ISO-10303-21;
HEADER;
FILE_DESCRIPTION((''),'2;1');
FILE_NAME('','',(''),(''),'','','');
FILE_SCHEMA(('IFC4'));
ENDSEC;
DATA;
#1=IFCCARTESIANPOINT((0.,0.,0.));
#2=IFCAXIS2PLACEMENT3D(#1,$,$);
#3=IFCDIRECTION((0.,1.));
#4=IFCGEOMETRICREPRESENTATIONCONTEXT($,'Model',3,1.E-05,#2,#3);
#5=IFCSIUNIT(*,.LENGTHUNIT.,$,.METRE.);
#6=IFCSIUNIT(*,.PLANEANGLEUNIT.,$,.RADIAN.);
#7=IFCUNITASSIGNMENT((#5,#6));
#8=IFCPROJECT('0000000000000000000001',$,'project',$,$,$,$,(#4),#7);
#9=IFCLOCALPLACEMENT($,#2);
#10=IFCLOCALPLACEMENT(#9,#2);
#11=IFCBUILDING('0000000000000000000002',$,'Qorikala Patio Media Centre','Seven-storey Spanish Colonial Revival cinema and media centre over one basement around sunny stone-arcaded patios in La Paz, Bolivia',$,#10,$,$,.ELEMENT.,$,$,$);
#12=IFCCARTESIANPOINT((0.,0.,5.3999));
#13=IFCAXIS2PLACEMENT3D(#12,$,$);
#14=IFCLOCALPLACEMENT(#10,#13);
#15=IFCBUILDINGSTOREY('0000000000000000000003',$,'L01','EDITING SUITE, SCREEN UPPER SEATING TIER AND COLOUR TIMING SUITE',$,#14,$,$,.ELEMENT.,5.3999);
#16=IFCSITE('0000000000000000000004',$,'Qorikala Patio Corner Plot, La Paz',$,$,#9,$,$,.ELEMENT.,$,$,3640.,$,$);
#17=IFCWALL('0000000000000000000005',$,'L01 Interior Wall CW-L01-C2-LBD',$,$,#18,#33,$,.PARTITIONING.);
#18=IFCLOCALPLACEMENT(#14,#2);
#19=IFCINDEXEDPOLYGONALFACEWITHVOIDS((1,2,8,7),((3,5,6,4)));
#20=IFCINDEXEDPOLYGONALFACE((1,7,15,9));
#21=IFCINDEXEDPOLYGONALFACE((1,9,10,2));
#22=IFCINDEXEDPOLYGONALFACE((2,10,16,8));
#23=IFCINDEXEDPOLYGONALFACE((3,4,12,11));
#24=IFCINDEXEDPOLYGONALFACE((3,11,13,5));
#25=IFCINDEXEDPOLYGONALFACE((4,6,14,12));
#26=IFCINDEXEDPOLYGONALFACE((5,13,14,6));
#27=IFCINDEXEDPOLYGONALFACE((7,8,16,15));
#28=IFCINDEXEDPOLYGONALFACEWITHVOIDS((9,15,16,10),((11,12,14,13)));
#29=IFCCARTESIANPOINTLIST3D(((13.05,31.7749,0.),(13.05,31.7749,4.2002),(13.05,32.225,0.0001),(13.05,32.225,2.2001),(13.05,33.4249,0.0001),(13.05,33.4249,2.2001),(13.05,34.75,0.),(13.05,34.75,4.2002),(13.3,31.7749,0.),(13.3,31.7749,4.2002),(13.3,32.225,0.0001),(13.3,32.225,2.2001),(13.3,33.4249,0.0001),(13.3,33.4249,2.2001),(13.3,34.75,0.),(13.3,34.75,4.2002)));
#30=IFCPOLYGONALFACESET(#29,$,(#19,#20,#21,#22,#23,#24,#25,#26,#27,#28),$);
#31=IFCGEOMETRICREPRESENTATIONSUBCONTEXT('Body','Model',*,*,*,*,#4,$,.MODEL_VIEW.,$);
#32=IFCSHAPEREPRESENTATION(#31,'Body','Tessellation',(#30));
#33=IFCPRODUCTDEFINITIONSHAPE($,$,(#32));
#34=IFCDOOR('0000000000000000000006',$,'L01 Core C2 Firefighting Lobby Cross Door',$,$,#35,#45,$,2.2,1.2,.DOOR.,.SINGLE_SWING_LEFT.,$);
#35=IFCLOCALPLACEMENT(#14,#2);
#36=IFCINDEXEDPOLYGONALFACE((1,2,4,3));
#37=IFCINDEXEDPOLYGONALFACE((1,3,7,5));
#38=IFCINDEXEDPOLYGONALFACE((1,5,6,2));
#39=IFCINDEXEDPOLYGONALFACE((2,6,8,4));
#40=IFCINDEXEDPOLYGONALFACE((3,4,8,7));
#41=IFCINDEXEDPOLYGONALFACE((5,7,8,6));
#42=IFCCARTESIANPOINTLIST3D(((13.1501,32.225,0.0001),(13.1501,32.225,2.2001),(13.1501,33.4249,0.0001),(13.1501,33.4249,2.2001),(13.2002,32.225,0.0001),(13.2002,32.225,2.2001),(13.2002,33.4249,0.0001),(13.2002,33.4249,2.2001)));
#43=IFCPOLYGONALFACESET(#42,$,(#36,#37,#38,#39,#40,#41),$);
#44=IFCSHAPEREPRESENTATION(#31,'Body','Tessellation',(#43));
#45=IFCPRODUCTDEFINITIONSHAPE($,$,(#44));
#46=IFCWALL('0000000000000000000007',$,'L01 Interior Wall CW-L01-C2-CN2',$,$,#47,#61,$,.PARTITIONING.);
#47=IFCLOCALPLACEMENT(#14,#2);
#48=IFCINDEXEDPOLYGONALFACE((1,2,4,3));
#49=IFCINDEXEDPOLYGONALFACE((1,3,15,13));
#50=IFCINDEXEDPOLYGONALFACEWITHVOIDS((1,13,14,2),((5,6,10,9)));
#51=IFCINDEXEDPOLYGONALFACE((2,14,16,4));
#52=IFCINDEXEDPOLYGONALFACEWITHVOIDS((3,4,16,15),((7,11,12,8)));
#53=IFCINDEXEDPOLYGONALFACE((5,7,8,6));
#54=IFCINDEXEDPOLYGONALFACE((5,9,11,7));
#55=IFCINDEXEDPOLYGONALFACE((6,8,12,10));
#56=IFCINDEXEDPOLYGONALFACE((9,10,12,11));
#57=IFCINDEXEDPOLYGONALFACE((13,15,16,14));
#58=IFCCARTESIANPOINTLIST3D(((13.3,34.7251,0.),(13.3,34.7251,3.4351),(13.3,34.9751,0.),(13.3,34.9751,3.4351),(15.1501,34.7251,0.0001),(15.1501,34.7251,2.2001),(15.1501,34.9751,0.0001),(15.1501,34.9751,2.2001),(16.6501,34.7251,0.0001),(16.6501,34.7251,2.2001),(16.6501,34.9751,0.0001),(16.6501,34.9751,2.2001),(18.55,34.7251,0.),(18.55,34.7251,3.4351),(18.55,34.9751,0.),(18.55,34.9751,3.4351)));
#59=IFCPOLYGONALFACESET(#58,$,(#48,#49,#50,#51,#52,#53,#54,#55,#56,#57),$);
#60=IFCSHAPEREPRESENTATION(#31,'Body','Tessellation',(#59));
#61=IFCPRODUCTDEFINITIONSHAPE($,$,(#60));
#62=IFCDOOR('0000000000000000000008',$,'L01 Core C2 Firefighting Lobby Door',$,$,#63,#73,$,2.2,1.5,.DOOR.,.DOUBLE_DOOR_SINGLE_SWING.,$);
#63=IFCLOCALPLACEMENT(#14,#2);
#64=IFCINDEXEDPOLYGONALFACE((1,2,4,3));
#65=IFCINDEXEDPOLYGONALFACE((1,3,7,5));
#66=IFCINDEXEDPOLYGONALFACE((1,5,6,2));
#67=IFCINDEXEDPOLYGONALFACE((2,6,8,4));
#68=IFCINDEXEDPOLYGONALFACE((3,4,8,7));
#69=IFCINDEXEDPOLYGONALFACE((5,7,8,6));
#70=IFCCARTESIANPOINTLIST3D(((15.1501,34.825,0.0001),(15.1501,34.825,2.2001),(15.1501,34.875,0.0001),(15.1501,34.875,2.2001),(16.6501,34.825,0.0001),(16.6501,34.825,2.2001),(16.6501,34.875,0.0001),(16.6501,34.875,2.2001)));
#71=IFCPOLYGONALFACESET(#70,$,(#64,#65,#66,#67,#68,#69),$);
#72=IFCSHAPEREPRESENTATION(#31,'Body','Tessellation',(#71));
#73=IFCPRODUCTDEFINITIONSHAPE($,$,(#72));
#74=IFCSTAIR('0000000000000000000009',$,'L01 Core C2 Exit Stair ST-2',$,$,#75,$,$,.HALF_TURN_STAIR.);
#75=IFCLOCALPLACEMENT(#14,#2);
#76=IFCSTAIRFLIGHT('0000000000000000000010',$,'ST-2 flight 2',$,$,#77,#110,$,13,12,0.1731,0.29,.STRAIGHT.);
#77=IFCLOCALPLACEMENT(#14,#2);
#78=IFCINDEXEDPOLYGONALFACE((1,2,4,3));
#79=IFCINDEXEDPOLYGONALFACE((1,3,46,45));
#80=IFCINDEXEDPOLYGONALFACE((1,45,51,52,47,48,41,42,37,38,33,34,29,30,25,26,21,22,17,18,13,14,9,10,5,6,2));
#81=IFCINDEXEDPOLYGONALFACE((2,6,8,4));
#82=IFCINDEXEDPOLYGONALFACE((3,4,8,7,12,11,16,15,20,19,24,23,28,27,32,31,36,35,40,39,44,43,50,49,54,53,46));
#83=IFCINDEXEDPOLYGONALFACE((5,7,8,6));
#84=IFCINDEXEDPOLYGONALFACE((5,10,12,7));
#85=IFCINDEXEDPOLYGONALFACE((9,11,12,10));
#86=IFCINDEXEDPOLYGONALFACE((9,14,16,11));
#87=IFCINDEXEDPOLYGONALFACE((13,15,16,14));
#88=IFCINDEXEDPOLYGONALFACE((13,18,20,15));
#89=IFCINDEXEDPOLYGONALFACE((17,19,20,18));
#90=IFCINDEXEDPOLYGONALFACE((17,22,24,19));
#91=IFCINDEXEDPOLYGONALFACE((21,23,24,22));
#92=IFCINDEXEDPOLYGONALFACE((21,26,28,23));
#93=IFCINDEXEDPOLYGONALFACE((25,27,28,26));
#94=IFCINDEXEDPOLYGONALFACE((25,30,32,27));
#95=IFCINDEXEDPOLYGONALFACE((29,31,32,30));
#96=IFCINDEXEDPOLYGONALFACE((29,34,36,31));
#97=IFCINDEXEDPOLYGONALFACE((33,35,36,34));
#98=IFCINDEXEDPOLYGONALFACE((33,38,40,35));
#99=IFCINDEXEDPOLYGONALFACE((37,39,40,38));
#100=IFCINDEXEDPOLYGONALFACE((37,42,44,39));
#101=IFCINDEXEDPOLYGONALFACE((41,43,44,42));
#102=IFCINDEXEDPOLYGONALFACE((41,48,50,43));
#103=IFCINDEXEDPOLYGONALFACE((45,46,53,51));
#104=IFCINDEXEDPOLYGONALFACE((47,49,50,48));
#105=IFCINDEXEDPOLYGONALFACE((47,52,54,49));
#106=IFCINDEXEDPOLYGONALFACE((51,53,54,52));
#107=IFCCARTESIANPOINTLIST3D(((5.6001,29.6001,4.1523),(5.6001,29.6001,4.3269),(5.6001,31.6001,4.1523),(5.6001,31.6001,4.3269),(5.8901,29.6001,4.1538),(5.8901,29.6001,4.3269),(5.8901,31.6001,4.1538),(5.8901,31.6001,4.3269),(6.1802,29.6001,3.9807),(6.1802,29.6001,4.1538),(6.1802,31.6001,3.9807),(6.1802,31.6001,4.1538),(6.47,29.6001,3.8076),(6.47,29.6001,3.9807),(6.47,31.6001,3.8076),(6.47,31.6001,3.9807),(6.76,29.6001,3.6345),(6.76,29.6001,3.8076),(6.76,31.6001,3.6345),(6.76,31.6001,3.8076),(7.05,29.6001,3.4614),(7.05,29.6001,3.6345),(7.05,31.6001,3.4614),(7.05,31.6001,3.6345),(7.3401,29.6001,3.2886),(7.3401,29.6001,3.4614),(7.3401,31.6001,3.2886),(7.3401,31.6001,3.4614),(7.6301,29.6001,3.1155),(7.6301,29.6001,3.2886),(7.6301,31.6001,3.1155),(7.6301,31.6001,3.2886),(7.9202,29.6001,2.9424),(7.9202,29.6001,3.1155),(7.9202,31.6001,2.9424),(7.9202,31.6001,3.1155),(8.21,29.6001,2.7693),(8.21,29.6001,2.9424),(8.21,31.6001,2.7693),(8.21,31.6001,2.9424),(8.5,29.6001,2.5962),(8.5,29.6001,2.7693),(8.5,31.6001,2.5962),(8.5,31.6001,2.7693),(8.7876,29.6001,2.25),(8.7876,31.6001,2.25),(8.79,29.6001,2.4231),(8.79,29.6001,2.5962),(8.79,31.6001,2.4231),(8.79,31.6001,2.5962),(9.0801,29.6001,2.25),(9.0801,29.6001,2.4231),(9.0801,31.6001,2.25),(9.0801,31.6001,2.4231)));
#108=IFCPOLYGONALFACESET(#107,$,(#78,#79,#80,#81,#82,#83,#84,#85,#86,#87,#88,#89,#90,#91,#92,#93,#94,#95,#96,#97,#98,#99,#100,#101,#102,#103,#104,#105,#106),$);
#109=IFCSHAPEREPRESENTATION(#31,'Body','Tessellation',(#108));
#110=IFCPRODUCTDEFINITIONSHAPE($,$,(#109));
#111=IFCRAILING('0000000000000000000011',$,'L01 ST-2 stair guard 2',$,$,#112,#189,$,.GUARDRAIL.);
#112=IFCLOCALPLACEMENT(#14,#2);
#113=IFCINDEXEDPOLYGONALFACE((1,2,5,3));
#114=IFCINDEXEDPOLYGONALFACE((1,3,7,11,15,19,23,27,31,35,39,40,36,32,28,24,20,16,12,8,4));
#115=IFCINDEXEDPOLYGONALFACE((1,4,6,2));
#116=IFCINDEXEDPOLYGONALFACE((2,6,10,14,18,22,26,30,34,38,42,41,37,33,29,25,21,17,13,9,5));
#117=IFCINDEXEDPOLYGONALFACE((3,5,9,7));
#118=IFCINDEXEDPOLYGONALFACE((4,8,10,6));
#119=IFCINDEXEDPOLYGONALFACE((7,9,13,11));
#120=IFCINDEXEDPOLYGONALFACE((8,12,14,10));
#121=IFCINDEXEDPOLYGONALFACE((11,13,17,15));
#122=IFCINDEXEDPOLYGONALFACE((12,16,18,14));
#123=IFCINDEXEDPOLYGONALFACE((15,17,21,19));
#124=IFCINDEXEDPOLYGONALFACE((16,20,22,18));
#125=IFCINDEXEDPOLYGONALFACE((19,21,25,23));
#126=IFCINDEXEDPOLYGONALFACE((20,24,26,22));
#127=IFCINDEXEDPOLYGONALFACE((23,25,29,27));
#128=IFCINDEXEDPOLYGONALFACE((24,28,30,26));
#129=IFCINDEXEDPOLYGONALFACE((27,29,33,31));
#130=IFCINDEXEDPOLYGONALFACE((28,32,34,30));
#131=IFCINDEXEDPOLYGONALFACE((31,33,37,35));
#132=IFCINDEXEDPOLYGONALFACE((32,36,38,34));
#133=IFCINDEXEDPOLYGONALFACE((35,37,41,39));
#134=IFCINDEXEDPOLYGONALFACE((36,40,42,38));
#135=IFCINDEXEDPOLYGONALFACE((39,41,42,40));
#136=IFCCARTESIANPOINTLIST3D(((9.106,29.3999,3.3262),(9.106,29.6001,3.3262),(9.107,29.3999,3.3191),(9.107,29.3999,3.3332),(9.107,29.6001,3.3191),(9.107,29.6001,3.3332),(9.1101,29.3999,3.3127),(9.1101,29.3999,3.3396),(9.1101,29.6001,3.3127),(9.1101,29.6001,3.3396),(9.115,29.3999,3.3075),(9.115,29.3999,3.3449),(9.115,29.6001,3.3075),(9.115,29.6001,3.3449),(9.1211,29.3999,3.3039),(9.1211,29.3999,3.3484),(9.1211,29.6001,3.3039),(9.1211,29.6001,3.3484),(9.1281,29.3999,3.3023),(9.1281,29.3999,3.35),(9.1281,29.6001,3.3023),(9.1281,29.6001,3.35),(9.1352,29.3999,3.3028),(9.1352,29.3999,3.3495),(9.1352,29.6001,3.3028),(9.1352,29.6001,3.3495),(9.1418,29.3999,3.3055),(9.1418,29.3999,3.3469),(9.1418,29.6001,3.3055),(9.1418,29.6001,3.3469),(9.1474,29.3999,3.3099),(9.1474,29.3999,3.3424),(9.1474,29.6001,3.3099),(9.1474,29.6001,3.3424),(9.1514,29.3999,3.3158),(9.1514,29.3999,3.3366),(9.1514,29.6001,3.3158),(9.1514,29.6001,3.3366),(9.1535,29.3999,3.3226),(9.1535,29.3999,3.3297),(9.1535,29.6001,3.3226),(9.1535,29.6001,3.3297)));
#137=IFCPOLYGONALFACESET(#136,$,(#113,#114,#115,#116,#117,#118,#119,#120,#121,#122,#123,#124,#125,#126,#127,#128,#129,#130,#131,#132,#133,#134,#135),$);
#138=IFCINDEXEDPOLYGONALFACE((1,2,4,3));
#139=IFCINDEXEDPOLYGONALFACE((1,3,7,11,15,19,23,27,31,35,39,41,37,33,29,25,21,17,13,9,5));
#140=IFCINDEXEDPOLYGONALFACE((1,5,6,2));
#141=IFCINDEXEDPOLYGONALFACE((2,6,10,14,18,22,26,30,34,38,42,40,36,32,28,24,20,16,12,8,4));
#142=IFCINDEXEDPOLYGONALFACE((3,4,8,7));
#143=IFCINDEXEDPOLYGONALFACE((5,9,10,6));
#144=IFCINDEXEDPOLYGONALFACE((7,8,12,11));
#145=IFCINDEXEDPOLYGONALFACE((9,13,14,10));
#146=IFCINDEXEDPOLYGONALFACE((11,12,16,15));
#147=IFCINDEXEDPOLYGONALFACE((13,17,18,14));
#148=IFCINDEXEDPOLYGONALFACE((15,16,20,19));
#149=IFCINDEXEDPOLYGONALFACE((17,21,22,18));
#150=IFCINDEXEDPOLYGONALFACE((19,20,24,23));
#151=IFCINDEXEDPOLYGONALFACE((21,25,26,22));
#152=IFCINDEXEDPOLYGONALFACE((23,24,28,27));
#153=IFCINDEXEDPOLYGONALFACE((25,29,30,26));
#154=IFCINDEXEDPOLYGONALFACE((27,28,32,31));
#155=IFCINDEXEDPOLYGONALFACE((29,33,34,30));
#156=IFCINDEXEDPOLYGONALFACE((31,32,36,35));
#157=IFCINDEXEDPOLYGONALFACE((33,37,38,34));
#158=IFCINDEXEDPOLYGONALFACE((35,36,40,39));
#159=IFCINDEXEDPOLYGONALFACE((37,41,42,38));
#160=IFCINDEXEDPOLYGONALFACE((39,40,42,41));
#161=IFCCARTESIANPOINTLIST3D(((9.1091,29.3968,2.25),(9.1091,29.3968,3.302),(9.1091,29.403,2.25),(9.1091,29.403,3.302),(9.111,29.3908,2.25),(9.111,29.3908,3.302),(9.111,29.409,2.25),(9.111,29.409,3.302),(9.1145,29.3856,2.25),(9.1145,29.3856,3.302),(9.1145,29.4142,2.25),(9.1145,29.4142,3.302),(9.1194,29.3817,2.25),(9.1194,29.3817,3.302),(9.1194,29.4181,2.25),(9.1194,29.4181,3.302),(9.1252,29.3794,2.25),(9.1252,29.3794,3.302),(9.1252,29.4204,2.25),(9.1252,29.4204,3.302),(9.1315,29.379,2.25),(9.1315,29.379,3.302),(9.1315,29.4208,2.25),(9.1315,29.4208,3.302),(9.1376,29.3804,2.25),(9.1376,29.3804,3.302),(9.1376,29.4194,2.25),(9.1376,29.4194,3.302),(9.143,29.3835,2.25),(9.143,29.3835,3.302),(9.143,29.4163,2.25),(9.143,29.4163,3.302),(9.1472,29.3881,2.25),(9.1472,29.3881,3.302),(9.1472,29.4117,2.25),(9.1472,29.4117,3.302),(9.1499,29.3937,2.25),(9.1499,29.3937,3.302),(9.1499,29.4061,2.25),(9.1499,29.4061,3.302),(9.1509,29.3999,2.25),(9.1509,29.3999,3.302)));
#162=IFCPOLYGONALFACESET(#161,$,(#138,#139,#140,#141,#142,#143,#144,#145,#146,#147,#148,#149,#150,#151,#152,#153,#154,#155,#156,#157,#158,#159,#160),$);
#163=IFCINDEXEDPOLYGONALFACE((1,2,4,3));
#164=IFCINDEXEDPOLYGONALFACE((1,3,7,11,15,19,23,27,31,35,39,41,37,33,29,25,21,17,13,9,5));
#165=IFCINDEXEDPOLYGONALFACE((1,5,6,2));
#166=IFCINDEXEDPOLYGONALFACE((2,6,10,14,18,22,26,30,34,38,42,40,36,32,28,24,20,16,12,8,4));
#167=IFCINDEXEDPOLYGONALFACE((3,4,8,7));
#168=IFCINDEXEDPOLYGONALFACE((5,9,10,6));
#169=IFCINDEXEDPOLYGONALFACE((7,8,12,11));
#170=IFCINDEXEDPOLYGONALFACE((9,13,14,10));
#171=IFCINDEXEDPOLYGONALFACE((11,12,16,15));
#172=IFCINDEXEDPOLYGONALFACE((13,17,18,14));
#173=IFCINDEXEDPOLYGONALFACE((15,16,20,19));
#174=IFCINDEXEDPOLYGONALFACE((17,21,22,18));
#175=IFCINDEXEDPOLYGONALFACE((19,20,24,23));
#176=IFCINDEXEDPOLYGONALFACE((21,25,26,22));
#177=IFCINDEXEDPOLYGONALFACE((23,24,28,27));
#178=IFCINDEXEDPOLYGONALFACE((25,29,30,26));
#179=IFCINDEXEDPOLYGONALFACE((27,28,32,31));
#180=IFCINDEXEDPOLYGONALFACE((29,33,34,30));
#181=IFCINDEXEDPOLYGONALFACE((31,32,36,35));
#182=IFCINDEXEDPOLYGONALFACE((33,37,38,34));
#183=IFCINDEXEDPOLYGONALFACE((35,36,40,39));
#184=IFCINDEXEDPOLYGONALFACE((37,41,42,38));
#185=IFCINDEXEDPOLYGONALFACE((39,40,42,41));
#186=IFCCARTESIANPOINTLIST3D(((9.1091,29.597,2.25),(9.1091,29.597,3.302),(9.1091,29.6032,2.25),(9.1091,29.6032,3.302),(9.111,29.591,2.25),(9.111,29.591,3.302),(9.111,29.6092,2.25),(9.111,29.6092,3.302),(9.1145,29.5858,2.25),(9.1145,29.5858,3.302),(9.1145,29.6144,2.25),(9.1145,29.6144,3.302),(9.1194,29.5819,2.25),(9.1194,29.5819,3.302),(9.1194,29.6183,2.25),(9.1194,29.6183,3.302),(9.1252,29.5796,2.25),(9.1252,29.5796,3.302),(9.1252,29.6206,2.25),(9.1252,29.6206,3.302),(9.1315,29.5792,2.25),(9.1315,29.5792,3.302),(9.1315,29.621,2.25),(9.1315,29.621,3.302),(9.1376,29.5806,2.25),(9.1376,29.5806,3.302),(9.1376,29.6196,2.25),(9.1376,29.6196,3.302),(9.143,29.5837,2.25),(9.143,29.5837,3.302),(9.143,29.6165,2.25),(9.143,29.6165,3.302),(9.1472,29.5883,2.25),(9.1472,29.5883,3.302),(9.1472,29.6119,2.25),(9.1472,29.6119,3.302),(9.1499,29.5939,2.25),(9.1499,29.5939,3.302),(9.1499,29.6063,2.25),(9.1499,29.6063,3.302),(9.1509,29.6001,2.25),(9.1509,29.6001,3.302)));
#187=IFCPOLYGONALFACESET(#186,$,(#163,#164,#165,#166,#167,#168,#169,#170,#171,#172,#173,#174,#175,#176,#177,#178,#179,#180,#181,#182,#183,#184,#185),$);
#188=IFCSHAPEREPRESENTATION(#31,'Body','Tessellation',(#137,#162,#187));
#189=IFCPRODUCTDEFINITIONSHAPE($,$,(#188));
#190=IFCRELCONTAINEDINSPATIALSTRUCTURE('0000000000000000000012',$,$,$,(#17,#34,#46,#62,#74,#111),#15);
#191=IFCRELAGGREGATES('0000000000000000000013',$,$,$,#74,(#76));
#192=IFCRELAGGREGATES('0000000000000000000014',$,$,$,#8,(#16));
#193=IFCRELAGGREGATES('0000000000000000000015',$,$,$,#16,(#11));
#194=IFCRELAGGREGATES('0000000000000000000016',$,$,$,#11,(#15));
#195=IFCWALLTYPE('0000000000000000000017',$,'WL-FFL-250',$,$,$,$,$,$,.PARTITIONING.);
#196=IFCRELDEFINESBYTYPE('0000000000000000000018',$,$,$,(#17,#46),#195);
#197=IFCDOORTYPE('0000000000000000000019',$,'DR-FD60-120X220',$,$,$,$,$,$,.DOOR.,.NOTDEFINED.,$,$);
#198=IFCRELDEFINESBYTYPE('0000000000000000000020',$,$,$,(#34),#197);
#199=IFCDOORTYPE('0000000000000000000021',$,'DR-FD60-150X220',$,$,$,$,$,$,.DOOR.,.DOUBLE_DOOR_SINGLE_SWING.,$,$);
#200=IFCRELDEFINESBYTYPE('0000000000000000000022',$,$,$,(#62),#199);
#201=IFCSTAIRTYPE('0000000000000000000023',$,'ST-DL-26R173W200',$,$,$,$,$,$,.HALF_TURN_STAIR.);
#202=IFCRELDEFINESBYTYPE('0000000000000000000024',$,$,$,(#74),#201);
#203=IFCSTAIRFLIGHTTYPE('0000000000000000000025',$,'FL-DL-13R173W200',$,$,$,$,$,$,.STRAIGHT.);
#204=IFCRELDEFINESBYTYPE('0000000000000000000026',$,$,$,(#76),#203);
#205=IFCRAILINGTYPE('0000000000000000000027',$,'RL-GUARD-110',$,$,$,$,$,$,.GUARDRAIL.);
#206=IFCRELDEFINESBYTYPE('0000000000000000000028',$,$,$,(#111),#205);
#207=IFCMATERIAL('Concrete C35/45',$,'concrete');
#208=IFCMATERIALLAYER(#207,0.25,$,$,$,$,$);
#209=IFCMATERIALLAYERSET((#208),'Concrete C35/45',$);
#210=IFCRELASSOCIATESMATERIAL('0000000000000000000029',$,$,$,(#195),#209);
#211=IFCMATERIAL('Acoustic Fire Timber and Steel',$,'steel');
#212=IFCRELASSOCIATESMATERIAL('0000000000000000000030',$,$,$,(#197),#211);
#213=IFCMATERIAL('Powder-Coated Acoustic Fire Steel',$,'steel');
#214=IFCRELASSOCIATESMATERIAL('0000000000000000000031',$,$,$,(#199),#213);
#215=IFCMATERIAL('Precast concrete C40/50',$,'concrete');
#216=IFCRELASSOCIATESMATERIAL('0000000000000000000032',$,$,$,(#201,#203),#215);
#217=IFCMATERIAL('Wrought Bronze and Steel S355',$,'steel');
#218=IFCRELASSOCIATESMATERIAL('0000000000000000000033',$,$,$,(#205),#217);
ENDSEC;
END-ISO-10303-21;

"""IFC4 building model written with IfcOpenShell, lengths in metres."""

from ifc_helpers import new_model, si_unit, direction, frame, frame_2d, origin, origin_2d, place, context, subcontext, project, spatial, polyline, rectangle, circle, outline, extrude, material, layer, layer_set, type_object, element, fill, aggregate, save


model = new_model("IFC4")

# Units and contexts
model_context = context("Model", 3, precision=1e-05, world=origin(), true_north=direction((0.0, 1.0)))
body_context = subcontext(model_context, "Body", "Model", "MODEL_VIEW")
ifc_project = project(units=[si_unit("LENGTHUNIT", "METRE"), si_unit("PLANEANGLEUNIT", "RADIAN")], contexts=[model_context])

# Site, building, storey
site_placement = place(None, origin())
site = spatial("IfcSite", under=ifc_project, at=site_placement, Name="Qorikala Patio Corner Plot, La Paz", CompositionType="ELEMENT", RefElevation=3640.0)
building_placement = place(site_placement, origin())
building = spatial("IfcBuilding", under=site, at=building_placement, Name="Qorikala Patio Media Centre", Description="Seven-storey Spanish Colonial Revival cinema and media centre over one basement around sunny stone-arcaded patios in La Paz, Bolivia", CompositionType="ELEMENT")
storey_placement = place(building_placement, frame((0.0, 0.0, 5.3999)))
storey = spatial("IfcBuildingStorey", under=building, at=storey_placement, Name="L01", Description="EDITING SUITE, SCREEN UPPER SEATING TIER AND COLOUR TIMING SUITE", CompositionType="ELEMENT", Elevation=5.3999)

# Shared definitions
ifc_material_1 = material(Name="Concrete C35/45", Category="concrete")

# Walls, openings, doors
ifc_layer_1 = layer(ifc_material_1, 0.25)
ifc_layer_set_1 = layer_set([ifc_layer_1], Name="Concrete C35/45")
wall_type_1 = type_object("IfcWallType", Name="WL-FFL-250", PredefinedType="PARTITIONING", material=ifc_layer_set_1)
wall_1_placement = place(storey_placement, frame((13.175, 31.7749, 0.0), z_axis=(0.0, 0.0, 1.0), x_axis=(0.0, 1.0, 0.0)))
wall_1 = element("IfcWall", 1, at=wall_1_placement, inside=storey, type_object=wall_type_1, Name="L01 Interior Wall CW-L01-C2-LBD", PredefinedType="PARTITIONING", context=body_context, shape_type="SweptSolid", body=[
    extrude(rectangle(XDim=2.9751, YDim=0.25, at=frame_2d((1.4875, 0.0))), origin(), (0.0, 0.0, 1.0), 4.2002),
])
opening_1_placement = place(wall_1_placement, frame((0.45, 0.0, 0.0)))
opening_1 = element("IfcOpeningElement", 2, at=opening_1_placement, cuts=wall_1, PredefinedType="OPENING", context=body_context, shape_type="SweptSolid", body=[
    extrude(rectangle(XDim=1.2, YDim=2.2, at=frame_2d((0.6001, 1.1001))), frame((0.0, 0.135, 0.0), z_axis=(0.0, -1.0, 0.0), x_axis=(1.0, 0.0, 0.0)), (0.0, 0.0, 1.0), 0.27),
])
ifc_material_2 = material(Name="Acoustic Fire Timber and Steel", Category="steel")
door_type_1 = type_object("IfcDoorType", Name="DR-FD60-120X220", OperationType="NOTDEFINED", PredefinedType="DOOR", material=ifc_material_2)
door_1_placement = place(opening_1_placement, origin())
door_1 = element("IfcDoor", 3, at=door_1_placement, inside=storey, type_object=door_type_1, Name="L01 Core C2 Firefighting Lobby Cross Door", OperationType="SINGLE_SWING_LEFT", OverallHeight=2.2, OverallWidth=1.2, PredefinedType="DOOR", context=body_context, shape_type="SweptSolid", body=[
    extrude(rectangle(XDim=1.2, YDim=2.2, at=frame_2d((0.6001, 1.1001))), frame((0.0, 0.0249, 0.0), z_axis=(0.0, -1.0, 0.0), x_axis=(1.0, 0.0, 0.0)), (0.0, 0.0, 1.0), 0.05),
])
fill(opening_1, door_1)
wall_2_placement = place(storey_placement, frame((13.3, 34.8501, 0.0), z_axis=(0.0, 0.0, 1.0), x_axis=(1.0, 0.0, 0.0)))
wall_2 = element("IfcWall", 4, at=wall_2_placement, inside=storey, type_object=wall_type_1, Name="L01 Interior Wall CW-L01-C2-CN2", PredefinedType="PARTITIONING", context=body_context, shape_type="SweptSolid", body=[
    extrude(rectangle(XDim=5.25, YDim=0.25, at=frame_2d((2.625, 0.0))), origin(), (0.0, 0.0, 1.0), 3.4351),
])
opening_2_placement = place(wall_2_placement, frame((1.8501, 0.0, 0.0)))
opening_2 = element("IfcOpeningElement", 5, at=opening_2_placement, cuts=wall_2, PredefinedType="OPENING", context=body_context, shape_type="SweptSolid", body=[
    extrude(rectangle(XDim=1.5, YDim=2.2, at=frame_2d((0.75, 1.1001))), frame((0.0, 0.135, 0.0), z_axis=(0.0, -1.0, 0.0), x_axis=(1.0, 0.0, 0.0)), (0.0, 0.0, 1.0), 0.27),
])
ifc_material_3 = material(Name="Powder-Coated Acoustic Fire Steel", Category="steel")
door_type_2 = type_object("IfcDoorType", Name="DR-FD60-150X220", OperationType="DOUBLE_DOOR_SINGLE_SWING", PredefinedType="DOOR", material=ifc_material_3)
door_2_placement = place(opening_2_placement, origin())
door_2 = element("IfcDoor", 6, at=door_2_placement, inside=storey, type_object=door_type_2, Name="L01 Core C2 Firefighting Lobby Door", OperationType="DOUBLE_DOOR_SINGLE_SWING", OverallHeight=2.2, OverallWidth=1.5, PredefinedType="DOOR", context=body_context, shape_type="SweptSolid", body=[
    extrude(rectangle(XDim=1.5, YDim=2.2, at=frame_2d((0.75, 1.1001))), frame((0.0, 0.0249, 0.0), z_axis=(0.0, -1.0, 0.0), x_axis=(1.0, 0.0, 0.0)), (0.0, 0.0, 1.0), 0.05),
])
fill(opening_2, door_2)

# Stair, stair flight
ifc_material_4 = material(Name="Precast concrete C40/50", Category="concrete")
stair_type = type_object("IfcStairType", Name="ST-DL-26R173W200", PredefinedType="HALF_TURN_STAIR", material=ifc_material_4)
stair_placement = place(storey_placement, origin())
stair = element("IfcStair", 7, at=stair_placement, inside=storey, type_object=stair_type, Name="L01 Core C2 Exit Stair ST-2", PredefinedType="HALF_TURN_STAIR")
stair_flight_type = type_object("IfcStairFlightType", Name="FL-DL-13R173W200", PredefinedType="STRAIGHT", material=ifc_material_4)
stair_flight_placement = place(storey_placement, frame((9.0801, 30.6001, 2.25), z_axis=(0.0, 0.0, 1.0), x_axis=(-1.0, 0.0, 0.0)))
stair_flight = element("IfcStairFlight", 8, at=stair_flight_placement, type_object=stair_flight_type, Name="ST-2 flight 2", NumberOfRisers=13, NumberOfTreads=12, PredefinedType="STRAIGHT", RiserHeight=0.1731, TreadLength=0.29, context=body_context, shape_type="SweptSolid", body=[
    extrude(outline(polyline([(0.0, 0.0), (0.0, 0.1731), (0.29, 0.1731), (0.29, 0.3462), (0.5801, 0.3462), (0.5801, 0.5193), (0.8701, 0.5193), (0.8701, 0.6924), (1.1599, 0.6924), (1.1599, 0.8655), (1.45, 0.8655), (1.45, 1.0386), (1.74, 1.0386), (1.74, 1.2114), (2.03, 1.2114), (2.03, 1.3845), (2.3201, 1.3845), (2.3201, 1.5576), (2.6101, 1.5576), (2.6101, 1.7307), (2.8999, 1.7307), (2.8999, 1.9038), (3.1899, 1.9038), (3.1899, 2.0769), (3.48, 2.0769), (3.48, 2.25), (3.48, 1.9023), (0.2925, 0.0), (0.0, 0.0)])), frame((0.0, 1.0, 0.0), z_axis=(0.0, -1.0, 0.0), x_axis=(1.0, 0.0, 0.0)), (0.0, 0.0, 1.0), 2.0),
])
aggregate(stair, [stair_flight])

# Railing
ifc_material_5 = material(Name="Wrought Bronze and Steel S355", Category="steel")
railing_type_1 = type_object("IfcRailingType", Name="RL-GUARD-110", PredefinedType="GUARDRAIL", material=ifc_material_5)
railing_1_placement = place(storey_placement, frame((9.1299, 29.3999, 2.25)))
element("IfcRailing", 9, at=railing_1_placement, inside=storey, type_object=railing_type_1, Name="L01 ST-2 stair guard 2", PredefinedType="GUARDRAIL", context=body_context, shape_type="SweptSolid", body=[
    extrude(circle(Radius=0.0239, at=origin_2d()), frame((0.0, 0.0, 1.0762), z_axis=(0.0, 1.0, 0.0), x_axis=(-1.0, 0.0, 0.0)), (0.0, 0.0, 1.0), 0.2002),
    extrude(circle(Radius=0.021, at=origin_2d()), origin(), (0.0, 0.0, 1.0), 1.052),
    extrude(circle(Radius=0.021, at=origin_2d()), frame((0.0, 0.2002, 0.0)), (0.0, 0.0, 1.0), 1.052),
])

save(model, "model.ifc")
